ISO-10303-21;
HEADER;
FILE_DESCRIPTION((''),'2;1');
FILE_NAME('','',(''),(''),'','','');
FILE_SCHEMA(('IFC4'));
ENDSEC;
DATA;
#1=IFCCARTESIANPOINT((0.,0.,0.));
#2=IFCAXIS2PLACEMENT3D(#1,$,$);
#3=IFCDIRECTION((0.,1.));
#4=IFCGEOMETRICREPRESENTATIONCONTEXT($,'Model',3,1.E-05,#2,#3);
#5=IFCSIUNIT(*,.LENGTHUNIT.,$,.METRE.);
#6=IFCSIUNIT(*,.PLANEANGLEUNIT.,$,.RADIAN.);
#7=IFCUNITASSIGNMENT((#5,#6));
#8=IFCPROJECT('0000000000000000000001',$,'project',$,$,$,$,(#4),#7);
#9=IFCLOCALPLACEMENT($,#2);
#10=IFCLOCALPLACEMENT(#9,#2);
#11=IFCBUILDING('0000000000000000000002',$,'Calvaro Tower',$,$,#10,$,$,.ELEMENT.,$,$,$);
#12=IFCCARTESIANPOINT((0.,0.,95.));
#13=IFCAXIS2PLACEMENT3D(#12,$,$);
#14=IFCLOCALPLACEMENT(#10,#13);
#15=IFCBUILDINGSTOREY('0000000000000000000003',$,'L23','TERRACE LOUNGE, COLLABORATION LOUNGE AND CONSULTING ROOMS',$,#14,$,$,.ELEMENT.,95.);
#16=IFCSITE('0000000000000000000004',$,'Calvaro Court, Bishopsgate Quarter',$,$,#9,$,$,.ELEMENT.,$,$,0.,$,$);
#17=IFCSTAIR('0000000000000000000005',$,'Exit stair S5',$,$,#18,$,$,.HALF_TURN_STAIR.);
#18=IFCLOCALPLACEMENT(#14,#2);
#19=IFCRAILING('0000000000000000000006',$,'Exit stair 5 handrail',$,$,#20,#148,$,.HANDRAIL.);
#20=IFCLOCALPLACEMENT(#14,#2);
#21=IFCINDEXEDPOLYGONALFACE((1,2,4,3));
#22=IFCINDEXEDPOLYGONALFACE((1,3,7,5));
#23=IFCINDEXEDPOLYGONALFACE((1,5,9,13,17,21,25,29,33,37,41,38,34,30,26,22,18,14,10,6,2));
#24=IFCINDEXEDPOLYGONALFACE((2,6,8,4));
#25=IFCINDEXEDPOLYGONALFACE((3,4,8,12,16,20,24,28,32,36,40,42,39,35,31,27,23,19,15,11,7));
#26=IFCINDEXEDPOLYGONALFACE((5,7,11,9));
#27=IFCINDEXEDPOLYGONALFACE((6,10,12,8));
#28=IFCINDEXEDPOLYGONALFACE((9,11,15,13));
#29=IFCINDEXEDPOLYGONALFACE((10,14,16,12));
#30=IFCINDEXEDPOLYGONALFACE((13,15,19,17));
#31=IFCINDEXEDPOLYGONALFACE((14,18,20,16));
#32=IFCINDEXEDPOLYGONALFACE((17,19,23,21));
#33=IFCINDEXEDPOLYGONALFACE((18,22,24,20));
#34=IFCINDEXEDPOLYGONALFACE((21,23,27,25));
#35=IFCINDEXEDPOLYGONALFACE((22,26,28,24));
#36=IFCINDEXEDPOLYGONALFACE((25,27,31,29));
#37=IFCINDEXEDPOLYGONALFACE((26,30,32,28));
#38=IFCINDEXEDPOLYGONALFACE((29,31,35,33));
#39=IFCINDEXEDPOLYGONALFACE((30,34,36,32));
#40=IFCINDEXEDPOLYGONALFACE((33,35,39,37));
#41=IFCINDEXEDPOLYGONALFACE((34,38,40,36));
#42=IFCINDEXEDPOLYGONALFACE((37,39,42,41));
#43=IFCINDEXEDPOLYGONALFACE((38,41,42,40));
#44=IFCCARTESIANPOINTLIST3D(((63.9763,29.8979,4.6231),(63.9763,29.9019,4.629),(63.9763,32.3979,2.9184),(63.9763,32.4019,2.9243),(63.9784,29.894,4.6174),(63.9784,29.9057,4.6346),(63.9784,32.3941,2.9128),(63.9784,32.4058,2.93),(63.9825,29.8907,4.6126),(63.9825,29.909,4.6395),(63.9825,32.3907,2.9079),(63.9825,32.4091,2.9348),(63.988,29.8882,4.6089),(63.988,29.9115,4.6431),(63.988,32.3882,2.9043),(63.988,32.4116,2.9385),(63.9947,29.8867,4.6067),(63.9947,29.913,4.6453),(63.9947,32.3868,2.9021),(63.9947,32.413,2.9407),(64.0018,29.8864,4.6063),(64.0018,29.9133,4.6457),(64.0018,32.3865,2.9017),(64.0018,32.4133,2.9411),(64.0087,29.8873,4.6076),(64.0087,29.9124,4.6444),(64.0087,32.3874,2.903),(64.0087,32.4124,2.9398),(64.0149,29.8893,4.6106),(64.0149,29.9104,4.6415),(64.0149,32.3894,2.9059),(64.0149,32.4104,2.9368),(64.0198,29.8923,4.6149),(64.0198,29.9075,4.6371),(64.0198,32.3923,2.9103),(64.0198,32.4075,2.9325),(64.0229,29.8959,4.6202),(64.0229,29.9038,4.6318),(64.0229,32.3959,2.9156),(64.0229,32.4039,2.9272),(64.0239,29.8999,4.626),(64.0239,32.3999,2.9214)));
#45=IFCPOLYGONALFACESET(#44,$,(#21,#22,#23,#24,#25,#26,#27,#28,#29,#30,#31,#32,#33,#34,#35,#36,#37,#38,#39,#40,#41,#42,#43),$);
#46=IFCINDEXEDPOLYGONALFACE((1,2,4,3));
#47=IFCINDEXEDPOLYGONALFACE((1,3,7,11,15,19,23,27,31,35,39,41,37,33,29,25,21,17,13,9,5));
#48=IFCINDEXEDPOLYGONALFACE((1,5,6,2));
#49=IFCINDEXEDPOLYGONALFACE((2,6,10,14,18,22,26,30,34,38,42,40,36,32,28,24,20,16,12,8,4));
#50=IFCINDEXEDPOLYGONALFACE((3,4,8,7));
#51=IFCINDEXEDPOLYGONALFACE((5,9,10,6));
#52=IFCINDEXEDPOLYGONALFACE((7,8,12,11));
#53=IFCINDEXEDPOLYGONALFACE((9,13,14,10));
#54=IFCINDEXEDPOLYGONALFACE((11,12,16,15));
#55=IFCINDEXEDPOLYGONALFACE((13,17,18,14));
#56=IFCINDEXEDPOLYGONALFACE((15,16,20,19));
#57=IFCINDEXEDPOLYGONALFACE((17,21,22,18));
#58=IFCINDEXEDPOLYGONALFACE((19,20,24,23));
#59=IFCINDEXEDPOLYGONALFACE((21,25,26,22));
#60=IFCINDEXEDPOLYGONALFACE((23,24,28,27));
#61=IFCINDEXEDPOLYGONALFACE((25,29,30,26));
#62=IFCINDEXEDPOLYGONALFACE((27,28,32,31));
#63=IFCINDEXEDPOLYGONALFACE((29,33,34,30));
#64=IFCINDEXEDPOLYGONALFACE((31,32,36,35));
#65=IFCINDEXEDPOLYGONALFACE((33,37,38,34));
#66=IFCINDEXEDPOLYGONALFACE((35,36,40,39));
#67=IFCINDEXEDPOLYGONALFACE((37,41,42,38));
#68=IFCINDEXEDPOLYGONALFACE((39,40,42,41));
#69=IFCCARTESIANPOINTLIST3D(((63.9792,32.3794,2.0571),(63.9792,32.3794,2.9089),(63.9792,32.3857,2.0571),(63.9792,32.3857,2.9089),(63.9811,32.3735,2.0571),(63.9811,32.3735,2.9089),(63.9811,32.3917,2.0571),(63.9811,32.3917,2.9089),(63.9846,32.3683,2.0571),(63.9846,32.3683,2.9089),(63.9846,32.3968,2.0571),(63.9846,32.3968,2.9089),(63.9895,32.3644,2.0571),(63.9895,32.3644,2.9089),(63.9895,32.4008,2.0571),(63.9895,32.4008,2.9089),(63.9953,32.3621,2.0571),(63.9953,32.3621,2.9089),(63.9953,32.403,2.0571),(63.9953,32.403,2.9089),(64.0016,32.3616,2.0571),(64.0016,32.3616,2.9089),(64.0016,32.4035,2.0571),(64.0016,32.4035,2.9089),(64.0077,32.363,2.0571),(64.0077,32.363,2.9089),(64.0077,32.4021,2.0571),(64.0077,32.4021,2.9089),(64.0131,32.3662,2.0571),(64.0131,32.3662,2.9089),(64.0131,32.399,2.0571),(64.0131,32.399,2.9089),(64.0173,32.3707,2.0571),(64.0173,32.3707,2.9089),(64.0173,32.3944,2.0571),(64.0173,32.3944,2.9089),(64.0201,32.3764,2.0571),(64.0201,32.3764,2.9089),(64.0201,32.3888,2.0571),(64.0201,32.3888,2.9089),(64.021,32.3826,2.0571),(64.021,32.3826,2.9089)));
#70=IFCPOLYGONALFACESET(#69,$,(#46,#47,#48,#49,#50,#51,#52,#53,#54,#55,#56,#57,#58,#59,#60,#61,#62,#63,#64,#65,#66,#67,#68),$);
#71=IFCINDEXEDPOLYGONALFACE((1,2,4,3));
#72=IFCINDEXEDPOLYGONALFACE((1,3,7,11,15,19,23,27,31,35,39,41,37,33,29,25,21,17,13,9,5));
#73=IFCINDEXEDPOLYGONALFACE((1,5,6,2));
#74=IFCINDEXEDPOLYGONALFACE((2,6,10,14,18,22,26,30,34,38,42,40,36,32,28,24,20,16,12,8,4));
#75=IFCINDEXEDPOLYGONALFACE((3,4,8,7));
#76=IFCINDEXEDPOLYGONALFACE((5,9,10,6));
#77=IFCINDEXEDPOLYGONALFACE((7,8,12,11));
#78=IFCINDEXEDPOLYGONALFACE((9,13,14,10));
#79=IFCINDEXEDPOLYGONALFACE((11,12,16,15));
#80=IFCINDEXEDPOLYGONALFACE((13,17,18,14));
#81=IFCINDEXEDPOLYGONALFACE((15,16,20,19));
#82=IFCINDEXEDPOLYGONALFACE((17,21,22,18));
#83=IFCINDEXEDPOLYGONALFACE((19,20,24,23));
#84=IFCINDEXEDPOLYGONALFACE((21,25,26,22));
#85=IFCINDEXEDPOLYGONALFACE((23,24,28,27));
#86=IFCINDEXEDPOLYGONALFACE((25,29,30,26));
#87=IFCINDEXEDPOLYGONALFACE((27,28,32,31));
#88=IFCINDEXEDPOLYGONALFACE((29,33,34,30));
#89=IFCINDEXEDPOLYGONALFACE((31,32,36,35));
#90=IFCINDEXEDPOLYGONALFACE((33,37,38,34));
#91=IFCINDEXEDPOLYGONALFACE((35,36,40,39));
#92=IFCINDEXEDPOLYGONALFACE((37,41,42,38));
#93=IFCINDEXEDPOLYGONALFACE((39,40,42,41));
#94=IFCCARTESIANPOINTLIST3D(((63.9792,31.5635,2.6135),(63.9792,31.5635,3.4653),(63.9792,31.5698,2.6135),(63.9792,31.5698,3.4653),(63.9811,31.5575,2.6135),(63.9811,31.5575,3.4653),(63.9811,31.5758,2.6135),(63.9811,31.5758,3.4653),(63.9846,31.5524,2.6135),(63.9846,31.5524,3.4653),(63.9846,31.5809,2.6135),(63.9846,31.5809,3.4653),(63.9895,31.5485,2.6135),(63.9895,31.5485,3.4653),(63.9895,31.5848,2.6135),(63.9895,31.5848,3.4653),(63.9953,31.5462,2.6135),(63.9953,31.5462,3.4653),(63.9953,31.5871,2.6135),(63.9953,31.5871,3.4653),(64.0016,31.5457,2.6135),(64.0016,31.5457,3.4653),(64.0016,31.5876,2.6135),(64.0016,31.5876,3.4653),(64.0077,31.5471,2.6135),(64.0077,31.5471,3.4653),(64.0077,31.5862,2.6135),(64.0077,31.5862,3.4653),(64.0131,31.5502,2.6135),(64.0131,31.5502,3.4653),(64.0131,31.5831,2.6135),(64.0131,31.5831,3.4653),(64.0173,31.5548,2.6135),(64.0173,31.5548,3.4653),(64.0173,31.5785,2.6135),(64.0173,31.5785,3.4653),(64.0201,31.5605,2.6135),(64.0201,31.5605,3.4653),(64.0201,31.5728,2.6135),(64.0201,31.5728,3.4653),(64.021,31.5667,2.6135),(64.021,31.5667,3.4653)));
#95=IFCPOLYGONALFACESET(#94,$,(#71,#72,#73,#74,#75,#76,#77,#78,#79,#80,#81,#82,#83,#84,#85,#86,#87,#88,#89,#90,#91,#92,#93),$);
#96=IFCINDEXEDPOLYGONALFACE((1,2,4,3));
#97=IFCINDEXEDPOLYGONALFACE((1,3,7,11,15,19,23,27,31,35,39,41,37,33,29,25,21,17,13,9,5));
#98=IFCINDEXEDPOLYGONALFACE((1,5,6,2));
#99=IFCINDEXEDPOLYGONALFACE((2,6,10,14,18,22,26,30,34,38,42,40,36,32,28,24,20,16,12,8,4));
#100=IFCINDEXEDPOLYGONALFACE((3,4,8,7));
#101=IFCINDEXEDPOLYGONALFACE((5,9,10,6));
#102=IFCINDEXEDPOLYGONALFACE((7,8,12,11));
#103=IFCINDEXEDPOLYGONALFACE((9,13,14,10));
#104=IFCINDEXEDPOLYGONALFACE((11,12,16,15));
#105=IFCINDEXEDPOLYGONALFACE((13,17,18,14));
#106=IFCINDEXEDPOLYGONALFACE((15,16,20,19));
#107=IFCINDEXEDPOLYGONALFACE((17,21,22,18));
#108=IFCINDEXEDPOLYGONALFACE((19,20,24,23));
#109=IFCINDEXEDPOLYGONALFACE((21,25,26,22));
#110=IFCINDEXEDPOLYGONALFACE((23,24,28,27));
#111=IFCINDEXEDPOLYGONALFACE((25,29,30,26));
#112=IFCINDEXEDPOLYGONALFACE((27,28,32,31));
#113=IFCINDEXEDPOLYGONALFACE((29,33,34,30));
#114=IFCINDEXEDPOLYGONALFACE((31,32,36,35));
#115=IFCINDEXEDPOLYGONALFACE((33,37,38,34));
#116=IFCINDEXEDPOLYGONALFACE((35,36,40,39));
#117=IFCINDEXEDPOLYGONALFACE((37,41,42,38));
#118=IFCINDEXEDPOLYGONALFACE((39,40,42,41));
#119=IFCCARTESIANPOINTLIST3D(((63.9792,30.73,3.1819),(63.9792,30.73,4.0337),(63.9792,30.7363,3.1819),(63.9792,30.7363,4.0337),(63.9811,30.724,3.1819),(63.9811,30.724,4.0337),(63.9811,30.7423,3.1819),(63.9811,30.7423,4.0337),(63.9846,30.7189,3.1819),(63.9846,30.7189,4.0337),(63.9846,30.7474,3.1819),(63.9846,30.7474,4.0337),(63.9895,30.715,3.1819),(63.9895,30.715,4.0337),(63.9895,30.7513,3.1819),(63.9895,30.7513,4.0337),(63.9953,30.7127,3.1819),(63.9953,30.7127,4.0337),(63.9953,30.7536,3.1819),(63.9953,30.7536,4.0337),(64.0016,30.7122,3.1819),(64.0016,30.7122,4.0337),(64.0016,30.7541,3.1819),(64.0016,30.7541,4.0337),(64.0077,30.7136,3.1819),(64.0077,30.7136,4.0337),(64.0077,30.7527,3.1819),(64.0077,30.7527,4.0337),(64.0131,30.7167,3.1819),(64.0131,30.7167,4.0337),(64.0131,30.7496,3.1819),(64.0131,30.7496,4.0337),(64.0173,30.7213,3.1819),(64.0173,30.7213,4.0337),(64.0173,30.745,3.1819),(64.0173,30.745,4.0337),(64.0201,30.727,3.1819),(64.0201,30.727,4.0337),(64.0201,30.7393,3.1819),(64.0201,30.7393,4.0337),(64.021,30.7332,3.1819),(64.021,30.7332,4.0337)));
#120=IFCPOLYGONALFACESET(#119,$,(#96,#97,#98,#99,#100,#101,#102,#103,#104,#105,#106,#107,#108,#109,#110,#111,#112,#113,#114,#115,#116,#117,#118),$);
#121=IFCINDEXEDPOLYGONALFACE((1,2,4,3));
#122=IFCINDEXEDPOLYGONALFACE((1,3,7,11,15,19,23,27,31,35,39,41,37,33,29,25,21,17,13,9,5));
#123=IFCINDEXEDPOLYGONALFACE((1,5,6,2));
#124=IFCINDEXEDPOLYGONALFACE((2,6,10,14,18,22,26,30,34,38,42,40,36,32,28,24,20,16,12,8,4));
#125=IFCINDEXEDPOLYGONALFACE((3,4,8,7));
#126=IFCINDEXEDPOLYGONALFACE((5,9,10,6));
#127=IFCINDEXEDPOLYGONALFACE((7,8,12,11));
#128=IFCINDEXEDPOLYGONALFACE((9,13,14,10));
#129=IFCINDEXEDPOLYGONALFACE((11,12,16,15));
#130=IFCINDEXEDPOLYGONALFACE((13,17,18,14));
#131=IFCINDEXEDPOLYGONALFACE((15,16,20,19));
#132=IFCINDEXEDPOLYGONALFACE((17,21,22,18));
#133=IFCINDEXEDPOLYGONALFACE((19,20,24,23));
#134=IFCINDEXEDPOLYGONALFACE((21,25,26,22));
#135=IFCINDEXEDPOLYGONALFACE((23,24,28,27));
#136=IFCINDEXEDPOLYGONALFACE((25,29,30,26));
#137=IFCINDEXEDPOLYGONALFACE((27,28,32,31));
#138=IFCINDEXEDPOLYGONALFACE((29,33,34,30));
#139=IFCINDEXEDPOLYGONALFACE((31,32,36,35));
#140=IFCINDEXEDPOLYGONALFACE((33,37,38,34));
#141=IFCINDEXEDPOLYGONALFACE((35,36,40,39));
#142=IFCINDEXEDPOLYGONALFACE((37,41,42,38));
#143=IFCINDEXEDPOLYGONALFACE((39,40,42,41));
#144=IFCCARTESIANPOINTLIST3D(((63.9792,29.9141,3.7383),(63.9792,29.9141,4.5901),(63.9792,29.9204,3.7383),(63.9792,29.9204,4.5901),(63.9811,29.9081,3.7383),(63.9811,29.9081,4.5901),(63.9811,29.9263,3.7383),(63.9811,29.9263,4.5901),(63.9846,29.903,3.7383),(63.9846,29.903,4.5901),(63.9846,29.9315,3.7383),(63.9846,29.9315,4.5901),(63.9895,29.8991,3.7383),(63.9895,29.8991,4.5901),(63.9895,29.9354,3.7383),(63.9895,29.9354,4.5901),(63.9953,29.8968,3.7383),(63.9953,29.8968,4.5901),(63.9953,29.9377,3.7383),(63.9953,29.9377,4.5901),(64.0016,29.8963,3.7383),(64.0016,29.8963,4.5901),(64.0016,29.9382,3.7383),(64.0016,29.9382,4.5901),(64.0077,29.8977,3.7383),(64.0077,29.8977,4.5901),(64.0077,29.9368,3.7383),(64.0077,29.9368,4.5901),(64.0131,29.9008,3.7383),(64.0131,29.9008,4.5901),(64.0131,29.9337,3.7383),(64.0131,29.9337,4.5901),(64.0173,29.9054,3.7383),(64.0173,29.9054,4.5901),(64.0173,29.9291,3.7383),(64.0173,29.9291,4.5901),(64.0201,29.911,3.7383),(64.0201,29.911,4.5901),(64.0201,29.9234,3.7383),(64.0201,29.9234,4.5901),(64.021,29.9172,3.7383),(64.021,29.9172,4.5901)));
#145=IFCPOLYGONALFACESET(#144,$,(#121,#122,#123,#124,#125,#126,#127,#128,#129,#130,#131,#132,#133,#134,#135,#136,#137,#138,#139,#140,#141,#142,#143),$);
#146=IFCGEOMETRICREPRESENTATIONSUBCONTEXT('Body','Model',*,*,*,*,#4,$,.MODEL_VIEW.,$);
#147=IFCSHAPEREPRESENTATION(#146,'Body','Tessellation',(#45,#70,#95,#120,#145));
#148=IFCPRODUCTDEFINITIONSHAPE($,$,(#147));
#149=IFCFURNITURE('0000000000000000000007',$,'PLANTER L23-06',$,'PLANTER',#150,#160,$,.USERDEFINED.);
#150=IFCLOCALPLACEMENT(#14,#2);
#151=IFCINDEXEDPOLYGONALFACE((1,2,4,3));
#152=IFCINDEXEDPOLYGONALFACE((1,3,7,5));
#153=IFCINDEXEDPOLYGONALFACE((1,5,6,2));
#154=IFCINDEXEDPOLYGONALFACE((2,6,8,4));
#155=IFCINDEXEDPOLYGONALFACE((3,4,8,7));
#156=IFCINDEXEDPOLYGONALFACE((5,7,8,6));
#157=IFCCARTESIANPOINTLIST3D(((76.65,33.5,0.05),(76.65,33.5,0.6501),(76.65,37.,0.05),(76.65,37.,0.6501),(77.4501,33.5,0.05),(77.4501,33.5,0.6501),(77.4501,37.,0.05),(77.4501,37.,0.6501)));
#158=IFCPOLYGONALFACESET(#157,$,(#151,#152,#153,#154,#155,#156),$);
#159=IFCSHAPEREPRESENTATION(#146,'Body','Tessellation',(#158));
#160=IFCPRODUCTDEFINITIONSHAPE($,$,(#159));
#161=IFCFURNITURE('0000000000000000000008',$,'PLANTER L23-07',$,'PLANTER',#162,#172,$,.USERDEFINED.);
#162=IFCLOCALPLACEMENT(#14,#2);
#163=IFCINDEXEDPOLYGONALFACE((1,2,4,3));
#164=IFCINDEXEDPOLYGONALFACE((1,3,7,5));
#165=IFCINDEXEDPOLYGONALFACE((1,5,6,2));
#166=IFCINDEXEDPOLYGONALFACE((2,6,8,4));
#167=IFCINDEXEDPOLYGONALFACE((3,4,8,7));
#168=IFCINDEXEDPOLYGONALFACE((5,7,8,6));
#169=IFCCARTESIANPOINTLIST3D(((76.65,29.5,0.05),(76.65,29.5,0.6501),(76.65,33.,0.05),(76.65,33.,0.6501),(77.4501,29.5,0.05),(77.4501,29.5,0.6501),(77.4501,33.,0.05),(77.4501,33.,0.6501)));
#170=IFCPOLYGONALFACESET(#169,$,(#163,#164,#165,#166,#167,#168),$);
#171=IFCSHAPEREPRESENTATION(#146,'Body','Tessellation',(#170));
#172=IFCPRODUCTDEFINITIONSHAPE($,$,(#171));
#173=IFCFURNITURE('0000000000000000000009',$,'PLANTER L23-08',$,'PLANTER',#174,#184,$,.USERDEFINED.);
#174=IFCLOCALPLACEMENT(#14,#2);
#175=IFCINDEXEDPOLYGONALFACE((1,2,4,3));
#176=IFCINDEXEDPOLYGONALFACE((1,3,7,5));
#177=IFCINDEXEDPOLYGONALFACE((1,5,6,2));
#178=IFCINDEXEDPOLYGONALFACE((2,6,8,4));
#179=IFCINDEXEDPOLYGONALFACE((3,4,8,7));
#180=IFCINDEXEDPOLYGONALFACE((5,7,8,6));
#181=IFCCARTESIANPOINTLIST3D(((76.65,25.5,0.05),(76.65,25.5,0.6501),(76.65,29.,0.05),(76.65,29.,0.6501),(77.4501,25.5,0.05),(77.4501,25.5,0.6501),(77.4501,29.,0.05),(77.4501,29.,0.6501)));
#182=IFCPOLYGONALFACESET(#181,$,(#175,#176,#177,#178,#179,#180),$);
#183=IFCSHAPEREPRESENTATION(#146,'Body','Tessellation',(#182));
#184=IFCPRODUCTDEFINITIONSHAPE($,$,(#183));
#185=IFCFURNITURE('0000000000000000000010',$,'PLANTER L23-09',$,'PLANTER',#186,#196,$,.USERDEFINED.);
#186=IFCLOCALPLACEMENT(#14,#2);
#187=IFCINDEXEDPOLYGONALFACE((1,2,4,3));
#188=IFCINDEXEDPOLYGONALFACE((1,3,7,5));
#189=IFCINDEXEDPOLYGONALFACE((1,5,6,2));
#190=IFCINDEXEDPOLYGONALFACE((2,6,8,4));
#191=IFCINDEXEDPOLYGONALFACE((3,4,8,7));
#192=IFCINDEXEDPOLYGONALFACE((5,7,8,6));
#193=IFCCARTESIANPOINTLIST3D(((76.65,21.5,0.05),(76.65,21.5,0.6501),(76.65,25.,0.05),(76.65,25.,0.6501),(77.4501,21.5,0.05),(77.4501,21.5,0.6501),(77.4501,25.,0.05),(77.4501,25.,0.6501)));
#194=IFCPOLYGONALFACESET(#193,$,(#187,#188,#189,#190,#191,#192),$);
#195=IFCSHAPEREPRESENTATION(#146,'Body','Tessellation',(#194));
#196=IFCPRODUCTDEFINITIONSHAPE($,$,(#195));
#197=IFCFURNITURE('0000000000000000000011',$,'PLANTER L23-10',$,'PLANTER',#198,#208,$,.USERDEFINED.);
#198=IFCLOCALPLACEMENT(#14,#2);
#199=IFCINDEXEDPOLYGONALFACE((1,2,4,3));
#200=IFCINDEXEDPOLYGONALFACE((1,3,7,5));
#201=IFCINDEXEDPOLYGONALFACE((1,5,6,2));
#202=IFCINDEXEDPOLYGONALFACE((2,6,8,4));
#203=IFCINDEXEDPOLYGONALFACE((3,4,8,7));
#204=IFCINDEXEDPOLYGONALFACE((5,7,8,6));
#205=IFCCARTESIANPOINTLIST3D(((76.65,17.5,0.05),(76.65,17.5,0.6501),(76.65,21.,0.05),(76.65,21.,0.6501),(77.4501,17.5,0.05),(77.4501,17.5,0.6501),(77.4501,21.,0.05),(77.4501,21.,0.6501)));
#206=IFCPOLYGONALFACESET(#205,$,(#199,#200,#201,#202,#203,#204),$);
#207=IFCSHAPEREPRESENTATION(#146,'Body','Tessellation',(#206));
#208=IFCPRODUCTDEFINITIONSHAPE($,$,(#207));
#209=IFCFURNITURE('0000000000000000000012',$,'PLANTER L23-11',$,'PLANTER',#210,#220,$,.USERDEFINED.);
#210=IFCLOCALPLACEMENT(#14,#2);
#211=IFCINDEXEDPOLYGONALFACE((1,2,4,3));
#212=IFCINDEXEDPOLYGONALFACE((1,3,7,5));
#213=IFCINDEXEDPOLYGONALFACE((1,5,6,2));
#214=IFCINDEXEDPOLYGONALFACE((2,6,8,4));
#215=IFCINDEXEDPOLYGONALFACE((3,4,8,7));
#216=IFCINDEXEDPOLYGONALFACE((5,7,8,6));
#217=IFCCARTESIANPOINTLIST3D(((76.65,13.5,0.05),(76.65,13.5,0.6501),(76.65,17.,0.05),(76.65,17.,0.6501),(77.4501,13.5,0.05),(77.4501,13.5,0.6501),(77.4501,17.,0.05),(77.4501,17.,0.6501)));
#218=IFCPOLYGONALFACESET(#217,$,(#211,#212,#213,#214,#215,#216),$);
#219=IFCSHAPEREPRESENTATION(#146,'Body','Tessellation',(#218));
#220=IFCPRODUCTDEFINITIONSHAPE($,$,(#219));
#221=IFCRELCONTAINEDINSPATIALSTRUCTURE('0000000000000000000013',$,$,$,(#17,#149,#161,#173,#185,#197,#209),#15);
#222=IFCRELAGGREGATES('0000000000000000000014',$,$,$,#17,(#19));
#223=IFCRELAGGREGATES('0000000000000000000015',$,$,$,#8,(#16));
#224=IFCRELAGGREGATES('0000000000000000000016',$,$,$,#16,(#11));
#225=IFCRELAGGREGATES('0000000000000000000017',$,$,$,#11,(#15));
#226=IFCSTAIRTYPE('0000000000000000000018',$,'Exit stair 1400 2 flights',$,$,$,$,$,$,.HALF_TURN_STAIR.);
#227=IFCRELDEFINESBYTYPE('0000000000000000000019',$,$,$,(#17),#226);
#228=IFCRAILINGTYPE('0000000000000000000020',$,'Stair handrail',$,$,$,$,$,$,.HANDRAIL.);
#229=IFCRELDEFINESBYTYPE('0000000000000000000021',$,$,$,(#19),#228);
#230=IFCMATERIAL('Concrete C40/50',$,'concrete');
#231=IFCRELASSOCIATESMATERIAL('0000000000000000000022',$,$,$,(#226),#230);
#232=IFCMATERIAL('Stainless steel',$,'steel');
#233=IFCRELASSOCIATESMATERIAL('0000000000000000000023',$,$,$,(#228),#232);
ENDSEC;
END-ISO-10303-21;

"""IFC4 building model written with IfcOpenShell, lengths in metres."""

from ifc_helpers import new_model, si_unit, direction, frame, origin, origin_2d, place, context, subcontext, project, spatial, rectangle, circle, extrude, material, type_object, element, aggregate, save


model = new_model("IFC4")

# Units and contexts
model_context = context("Model", 3, precision=1e-05, world=origin(), true_north=direction((0.0, 1.0)))
body_context = subcontext(model_context, "Body", "Model", "MODEL_VIEW")
ifc_project = project(units=[si_unit("LENGTHUNIT", "METRE"), si_unit("PLANEANGLEUNIT", "RADIAN")], contexts=[model_context])

# Site, building, storey
site_placement = place(None, origin())
site = spatial("IfcSite", under=ifc_project, at=site_placement, Name="Calvaro Court, Bishopsgate Quarter", CompositionType="ELEMENT", RefElevation=0.0)
building_placement = place(site_placement, origin())
building = spatial("IfcBuilding", under=site, at=building_placement, Name="Calvaro Tower", CompositionType="ELEMENT")
storey_placement = place(building_placement, frame((0.0, 0.0, 95.0)))
storey = spatial("IfcBuildingStorey", under=building, at=storey_placement, Name="L23", Description="TERRACE LOUNGE, COLLABORATION LOUNGE AND CONSULTING ROOMS", CompositionType="ELEMENT", Elevation=95.0)

# Stair, railing
ifc_material_1 = material(Name="Concrete C40/50", Category="concrete")
stair_type = type_object("IfcStairType", Name="Exit stair 1400 2 flights", PredefinedType="HALF_TURN_STAIR", material=ifc_material_1)
stair_placement = place(storey_placement, origin())
stair = element("IfcStair", 1, at=stair_placement, inside=storey, type_object=stair_type, Name="Exit stair S5", PredefinedType="HALF_TURN_STAIR")
ifc_material_2 = material(Name="Stainless steel", Category="steel")
railing_type = type_object("IfcRailingType", Name="Stair handrail", PredefinedType="HANDRAIL", material=ifc_material_2)
railing_1_placement = place(storey_placement, frame((64.0, 32.3999, 2.0454)))
railing_1 = element("IfcRailing", 2, at=railing_1_placement, type_object=railing_type, Name="Exit stair 5 handrail", PredefinedType="HANDRAIL", context=body_context, shape_type="SweptSolid", body=[
    extrude(circle(Radius=0.0239, at=origin_2d()), frame((0.0, 0.0, 0.876), z_axis=(0.0, -0.826221, 0.563347), x_axis=(1.0, 0.0, 0.0)), (0.0, 0.0, 1.0), 3.0259),
    extrude(circle(Radius=0.021, at=origin_2d()), frame((0.0, -0.0173, 0.0117)), (0.0, 0.0, 1.0), 0.8518),
    extrude(circle(Radius=0.021, at=origin_2d()), frame((0.0, -0.8333, 0.5681)), (0.0, 0.0, 1.0), 0.8518),
    extrude(circle(Radius=0.021, at=origin_2d()), frame((0.0, -1.6667, 1.1365)), (0.0, 0.0, 1.0), 0.8518),
    extrude(circle(Radius=0.021, at=origin_2d()), frame((0.0, -2.4827, 1.6929)), (0.0, 0.0, 1.0), 0.8518),
])
aggregate(stair, [railing_1])

# Furniture
for number, where, z_axis, x_axis, name in (
    (3, (77.05, 35.25, 0.05), (0.0, 0.0, 1.0), (1.0, 0.0, 0.0), "PLANTER L23-06"),
    (4, (77.05, 31.25, 0.05), (0.0, 0.0, 1.0), (1.0, 0.0, 0.0), "PLANTER L23-07"),
    (5, (77.05, 27.25, 0.05), (0.0, 0.0, 1.0), (1.0, 0.0, 0.0), "PLANTER L23-08"),
    (6, (77.05, 23.25, 0.05), (0.0, 0.0, 1.0), (1.0, 0.0, 0.0), "PLANTER L23-09"),
    (7, (77.05, 19.25, 0.05), (0.0, 0.0, 1.0), (1.0, 0.0, 0.0), "PLANTER L23-10"),
    (8, (77.05, 15.25, 0.05), (0.0, 0.0, 1.0), (1.0, 0.0, 0.0), "PLANTER L23-11"),
):
    element("IfcFurniture", number, at=place(storey_placement, frame(where, z_axis=z_axis, x_axis=x_axis)), inside=storey, Name=name, ObjectType="PLANTER", PredefinedType="USERDEFINED", context=body_context, shape_type="SweptSolid", body=[
        extrude(rectangle(XDim=0.8, YDim=3.5, at=origin_2d()), origin(), (0.0, 0.0, 1.0), 0.6001),
    ])

save(model, "model.ifc")
